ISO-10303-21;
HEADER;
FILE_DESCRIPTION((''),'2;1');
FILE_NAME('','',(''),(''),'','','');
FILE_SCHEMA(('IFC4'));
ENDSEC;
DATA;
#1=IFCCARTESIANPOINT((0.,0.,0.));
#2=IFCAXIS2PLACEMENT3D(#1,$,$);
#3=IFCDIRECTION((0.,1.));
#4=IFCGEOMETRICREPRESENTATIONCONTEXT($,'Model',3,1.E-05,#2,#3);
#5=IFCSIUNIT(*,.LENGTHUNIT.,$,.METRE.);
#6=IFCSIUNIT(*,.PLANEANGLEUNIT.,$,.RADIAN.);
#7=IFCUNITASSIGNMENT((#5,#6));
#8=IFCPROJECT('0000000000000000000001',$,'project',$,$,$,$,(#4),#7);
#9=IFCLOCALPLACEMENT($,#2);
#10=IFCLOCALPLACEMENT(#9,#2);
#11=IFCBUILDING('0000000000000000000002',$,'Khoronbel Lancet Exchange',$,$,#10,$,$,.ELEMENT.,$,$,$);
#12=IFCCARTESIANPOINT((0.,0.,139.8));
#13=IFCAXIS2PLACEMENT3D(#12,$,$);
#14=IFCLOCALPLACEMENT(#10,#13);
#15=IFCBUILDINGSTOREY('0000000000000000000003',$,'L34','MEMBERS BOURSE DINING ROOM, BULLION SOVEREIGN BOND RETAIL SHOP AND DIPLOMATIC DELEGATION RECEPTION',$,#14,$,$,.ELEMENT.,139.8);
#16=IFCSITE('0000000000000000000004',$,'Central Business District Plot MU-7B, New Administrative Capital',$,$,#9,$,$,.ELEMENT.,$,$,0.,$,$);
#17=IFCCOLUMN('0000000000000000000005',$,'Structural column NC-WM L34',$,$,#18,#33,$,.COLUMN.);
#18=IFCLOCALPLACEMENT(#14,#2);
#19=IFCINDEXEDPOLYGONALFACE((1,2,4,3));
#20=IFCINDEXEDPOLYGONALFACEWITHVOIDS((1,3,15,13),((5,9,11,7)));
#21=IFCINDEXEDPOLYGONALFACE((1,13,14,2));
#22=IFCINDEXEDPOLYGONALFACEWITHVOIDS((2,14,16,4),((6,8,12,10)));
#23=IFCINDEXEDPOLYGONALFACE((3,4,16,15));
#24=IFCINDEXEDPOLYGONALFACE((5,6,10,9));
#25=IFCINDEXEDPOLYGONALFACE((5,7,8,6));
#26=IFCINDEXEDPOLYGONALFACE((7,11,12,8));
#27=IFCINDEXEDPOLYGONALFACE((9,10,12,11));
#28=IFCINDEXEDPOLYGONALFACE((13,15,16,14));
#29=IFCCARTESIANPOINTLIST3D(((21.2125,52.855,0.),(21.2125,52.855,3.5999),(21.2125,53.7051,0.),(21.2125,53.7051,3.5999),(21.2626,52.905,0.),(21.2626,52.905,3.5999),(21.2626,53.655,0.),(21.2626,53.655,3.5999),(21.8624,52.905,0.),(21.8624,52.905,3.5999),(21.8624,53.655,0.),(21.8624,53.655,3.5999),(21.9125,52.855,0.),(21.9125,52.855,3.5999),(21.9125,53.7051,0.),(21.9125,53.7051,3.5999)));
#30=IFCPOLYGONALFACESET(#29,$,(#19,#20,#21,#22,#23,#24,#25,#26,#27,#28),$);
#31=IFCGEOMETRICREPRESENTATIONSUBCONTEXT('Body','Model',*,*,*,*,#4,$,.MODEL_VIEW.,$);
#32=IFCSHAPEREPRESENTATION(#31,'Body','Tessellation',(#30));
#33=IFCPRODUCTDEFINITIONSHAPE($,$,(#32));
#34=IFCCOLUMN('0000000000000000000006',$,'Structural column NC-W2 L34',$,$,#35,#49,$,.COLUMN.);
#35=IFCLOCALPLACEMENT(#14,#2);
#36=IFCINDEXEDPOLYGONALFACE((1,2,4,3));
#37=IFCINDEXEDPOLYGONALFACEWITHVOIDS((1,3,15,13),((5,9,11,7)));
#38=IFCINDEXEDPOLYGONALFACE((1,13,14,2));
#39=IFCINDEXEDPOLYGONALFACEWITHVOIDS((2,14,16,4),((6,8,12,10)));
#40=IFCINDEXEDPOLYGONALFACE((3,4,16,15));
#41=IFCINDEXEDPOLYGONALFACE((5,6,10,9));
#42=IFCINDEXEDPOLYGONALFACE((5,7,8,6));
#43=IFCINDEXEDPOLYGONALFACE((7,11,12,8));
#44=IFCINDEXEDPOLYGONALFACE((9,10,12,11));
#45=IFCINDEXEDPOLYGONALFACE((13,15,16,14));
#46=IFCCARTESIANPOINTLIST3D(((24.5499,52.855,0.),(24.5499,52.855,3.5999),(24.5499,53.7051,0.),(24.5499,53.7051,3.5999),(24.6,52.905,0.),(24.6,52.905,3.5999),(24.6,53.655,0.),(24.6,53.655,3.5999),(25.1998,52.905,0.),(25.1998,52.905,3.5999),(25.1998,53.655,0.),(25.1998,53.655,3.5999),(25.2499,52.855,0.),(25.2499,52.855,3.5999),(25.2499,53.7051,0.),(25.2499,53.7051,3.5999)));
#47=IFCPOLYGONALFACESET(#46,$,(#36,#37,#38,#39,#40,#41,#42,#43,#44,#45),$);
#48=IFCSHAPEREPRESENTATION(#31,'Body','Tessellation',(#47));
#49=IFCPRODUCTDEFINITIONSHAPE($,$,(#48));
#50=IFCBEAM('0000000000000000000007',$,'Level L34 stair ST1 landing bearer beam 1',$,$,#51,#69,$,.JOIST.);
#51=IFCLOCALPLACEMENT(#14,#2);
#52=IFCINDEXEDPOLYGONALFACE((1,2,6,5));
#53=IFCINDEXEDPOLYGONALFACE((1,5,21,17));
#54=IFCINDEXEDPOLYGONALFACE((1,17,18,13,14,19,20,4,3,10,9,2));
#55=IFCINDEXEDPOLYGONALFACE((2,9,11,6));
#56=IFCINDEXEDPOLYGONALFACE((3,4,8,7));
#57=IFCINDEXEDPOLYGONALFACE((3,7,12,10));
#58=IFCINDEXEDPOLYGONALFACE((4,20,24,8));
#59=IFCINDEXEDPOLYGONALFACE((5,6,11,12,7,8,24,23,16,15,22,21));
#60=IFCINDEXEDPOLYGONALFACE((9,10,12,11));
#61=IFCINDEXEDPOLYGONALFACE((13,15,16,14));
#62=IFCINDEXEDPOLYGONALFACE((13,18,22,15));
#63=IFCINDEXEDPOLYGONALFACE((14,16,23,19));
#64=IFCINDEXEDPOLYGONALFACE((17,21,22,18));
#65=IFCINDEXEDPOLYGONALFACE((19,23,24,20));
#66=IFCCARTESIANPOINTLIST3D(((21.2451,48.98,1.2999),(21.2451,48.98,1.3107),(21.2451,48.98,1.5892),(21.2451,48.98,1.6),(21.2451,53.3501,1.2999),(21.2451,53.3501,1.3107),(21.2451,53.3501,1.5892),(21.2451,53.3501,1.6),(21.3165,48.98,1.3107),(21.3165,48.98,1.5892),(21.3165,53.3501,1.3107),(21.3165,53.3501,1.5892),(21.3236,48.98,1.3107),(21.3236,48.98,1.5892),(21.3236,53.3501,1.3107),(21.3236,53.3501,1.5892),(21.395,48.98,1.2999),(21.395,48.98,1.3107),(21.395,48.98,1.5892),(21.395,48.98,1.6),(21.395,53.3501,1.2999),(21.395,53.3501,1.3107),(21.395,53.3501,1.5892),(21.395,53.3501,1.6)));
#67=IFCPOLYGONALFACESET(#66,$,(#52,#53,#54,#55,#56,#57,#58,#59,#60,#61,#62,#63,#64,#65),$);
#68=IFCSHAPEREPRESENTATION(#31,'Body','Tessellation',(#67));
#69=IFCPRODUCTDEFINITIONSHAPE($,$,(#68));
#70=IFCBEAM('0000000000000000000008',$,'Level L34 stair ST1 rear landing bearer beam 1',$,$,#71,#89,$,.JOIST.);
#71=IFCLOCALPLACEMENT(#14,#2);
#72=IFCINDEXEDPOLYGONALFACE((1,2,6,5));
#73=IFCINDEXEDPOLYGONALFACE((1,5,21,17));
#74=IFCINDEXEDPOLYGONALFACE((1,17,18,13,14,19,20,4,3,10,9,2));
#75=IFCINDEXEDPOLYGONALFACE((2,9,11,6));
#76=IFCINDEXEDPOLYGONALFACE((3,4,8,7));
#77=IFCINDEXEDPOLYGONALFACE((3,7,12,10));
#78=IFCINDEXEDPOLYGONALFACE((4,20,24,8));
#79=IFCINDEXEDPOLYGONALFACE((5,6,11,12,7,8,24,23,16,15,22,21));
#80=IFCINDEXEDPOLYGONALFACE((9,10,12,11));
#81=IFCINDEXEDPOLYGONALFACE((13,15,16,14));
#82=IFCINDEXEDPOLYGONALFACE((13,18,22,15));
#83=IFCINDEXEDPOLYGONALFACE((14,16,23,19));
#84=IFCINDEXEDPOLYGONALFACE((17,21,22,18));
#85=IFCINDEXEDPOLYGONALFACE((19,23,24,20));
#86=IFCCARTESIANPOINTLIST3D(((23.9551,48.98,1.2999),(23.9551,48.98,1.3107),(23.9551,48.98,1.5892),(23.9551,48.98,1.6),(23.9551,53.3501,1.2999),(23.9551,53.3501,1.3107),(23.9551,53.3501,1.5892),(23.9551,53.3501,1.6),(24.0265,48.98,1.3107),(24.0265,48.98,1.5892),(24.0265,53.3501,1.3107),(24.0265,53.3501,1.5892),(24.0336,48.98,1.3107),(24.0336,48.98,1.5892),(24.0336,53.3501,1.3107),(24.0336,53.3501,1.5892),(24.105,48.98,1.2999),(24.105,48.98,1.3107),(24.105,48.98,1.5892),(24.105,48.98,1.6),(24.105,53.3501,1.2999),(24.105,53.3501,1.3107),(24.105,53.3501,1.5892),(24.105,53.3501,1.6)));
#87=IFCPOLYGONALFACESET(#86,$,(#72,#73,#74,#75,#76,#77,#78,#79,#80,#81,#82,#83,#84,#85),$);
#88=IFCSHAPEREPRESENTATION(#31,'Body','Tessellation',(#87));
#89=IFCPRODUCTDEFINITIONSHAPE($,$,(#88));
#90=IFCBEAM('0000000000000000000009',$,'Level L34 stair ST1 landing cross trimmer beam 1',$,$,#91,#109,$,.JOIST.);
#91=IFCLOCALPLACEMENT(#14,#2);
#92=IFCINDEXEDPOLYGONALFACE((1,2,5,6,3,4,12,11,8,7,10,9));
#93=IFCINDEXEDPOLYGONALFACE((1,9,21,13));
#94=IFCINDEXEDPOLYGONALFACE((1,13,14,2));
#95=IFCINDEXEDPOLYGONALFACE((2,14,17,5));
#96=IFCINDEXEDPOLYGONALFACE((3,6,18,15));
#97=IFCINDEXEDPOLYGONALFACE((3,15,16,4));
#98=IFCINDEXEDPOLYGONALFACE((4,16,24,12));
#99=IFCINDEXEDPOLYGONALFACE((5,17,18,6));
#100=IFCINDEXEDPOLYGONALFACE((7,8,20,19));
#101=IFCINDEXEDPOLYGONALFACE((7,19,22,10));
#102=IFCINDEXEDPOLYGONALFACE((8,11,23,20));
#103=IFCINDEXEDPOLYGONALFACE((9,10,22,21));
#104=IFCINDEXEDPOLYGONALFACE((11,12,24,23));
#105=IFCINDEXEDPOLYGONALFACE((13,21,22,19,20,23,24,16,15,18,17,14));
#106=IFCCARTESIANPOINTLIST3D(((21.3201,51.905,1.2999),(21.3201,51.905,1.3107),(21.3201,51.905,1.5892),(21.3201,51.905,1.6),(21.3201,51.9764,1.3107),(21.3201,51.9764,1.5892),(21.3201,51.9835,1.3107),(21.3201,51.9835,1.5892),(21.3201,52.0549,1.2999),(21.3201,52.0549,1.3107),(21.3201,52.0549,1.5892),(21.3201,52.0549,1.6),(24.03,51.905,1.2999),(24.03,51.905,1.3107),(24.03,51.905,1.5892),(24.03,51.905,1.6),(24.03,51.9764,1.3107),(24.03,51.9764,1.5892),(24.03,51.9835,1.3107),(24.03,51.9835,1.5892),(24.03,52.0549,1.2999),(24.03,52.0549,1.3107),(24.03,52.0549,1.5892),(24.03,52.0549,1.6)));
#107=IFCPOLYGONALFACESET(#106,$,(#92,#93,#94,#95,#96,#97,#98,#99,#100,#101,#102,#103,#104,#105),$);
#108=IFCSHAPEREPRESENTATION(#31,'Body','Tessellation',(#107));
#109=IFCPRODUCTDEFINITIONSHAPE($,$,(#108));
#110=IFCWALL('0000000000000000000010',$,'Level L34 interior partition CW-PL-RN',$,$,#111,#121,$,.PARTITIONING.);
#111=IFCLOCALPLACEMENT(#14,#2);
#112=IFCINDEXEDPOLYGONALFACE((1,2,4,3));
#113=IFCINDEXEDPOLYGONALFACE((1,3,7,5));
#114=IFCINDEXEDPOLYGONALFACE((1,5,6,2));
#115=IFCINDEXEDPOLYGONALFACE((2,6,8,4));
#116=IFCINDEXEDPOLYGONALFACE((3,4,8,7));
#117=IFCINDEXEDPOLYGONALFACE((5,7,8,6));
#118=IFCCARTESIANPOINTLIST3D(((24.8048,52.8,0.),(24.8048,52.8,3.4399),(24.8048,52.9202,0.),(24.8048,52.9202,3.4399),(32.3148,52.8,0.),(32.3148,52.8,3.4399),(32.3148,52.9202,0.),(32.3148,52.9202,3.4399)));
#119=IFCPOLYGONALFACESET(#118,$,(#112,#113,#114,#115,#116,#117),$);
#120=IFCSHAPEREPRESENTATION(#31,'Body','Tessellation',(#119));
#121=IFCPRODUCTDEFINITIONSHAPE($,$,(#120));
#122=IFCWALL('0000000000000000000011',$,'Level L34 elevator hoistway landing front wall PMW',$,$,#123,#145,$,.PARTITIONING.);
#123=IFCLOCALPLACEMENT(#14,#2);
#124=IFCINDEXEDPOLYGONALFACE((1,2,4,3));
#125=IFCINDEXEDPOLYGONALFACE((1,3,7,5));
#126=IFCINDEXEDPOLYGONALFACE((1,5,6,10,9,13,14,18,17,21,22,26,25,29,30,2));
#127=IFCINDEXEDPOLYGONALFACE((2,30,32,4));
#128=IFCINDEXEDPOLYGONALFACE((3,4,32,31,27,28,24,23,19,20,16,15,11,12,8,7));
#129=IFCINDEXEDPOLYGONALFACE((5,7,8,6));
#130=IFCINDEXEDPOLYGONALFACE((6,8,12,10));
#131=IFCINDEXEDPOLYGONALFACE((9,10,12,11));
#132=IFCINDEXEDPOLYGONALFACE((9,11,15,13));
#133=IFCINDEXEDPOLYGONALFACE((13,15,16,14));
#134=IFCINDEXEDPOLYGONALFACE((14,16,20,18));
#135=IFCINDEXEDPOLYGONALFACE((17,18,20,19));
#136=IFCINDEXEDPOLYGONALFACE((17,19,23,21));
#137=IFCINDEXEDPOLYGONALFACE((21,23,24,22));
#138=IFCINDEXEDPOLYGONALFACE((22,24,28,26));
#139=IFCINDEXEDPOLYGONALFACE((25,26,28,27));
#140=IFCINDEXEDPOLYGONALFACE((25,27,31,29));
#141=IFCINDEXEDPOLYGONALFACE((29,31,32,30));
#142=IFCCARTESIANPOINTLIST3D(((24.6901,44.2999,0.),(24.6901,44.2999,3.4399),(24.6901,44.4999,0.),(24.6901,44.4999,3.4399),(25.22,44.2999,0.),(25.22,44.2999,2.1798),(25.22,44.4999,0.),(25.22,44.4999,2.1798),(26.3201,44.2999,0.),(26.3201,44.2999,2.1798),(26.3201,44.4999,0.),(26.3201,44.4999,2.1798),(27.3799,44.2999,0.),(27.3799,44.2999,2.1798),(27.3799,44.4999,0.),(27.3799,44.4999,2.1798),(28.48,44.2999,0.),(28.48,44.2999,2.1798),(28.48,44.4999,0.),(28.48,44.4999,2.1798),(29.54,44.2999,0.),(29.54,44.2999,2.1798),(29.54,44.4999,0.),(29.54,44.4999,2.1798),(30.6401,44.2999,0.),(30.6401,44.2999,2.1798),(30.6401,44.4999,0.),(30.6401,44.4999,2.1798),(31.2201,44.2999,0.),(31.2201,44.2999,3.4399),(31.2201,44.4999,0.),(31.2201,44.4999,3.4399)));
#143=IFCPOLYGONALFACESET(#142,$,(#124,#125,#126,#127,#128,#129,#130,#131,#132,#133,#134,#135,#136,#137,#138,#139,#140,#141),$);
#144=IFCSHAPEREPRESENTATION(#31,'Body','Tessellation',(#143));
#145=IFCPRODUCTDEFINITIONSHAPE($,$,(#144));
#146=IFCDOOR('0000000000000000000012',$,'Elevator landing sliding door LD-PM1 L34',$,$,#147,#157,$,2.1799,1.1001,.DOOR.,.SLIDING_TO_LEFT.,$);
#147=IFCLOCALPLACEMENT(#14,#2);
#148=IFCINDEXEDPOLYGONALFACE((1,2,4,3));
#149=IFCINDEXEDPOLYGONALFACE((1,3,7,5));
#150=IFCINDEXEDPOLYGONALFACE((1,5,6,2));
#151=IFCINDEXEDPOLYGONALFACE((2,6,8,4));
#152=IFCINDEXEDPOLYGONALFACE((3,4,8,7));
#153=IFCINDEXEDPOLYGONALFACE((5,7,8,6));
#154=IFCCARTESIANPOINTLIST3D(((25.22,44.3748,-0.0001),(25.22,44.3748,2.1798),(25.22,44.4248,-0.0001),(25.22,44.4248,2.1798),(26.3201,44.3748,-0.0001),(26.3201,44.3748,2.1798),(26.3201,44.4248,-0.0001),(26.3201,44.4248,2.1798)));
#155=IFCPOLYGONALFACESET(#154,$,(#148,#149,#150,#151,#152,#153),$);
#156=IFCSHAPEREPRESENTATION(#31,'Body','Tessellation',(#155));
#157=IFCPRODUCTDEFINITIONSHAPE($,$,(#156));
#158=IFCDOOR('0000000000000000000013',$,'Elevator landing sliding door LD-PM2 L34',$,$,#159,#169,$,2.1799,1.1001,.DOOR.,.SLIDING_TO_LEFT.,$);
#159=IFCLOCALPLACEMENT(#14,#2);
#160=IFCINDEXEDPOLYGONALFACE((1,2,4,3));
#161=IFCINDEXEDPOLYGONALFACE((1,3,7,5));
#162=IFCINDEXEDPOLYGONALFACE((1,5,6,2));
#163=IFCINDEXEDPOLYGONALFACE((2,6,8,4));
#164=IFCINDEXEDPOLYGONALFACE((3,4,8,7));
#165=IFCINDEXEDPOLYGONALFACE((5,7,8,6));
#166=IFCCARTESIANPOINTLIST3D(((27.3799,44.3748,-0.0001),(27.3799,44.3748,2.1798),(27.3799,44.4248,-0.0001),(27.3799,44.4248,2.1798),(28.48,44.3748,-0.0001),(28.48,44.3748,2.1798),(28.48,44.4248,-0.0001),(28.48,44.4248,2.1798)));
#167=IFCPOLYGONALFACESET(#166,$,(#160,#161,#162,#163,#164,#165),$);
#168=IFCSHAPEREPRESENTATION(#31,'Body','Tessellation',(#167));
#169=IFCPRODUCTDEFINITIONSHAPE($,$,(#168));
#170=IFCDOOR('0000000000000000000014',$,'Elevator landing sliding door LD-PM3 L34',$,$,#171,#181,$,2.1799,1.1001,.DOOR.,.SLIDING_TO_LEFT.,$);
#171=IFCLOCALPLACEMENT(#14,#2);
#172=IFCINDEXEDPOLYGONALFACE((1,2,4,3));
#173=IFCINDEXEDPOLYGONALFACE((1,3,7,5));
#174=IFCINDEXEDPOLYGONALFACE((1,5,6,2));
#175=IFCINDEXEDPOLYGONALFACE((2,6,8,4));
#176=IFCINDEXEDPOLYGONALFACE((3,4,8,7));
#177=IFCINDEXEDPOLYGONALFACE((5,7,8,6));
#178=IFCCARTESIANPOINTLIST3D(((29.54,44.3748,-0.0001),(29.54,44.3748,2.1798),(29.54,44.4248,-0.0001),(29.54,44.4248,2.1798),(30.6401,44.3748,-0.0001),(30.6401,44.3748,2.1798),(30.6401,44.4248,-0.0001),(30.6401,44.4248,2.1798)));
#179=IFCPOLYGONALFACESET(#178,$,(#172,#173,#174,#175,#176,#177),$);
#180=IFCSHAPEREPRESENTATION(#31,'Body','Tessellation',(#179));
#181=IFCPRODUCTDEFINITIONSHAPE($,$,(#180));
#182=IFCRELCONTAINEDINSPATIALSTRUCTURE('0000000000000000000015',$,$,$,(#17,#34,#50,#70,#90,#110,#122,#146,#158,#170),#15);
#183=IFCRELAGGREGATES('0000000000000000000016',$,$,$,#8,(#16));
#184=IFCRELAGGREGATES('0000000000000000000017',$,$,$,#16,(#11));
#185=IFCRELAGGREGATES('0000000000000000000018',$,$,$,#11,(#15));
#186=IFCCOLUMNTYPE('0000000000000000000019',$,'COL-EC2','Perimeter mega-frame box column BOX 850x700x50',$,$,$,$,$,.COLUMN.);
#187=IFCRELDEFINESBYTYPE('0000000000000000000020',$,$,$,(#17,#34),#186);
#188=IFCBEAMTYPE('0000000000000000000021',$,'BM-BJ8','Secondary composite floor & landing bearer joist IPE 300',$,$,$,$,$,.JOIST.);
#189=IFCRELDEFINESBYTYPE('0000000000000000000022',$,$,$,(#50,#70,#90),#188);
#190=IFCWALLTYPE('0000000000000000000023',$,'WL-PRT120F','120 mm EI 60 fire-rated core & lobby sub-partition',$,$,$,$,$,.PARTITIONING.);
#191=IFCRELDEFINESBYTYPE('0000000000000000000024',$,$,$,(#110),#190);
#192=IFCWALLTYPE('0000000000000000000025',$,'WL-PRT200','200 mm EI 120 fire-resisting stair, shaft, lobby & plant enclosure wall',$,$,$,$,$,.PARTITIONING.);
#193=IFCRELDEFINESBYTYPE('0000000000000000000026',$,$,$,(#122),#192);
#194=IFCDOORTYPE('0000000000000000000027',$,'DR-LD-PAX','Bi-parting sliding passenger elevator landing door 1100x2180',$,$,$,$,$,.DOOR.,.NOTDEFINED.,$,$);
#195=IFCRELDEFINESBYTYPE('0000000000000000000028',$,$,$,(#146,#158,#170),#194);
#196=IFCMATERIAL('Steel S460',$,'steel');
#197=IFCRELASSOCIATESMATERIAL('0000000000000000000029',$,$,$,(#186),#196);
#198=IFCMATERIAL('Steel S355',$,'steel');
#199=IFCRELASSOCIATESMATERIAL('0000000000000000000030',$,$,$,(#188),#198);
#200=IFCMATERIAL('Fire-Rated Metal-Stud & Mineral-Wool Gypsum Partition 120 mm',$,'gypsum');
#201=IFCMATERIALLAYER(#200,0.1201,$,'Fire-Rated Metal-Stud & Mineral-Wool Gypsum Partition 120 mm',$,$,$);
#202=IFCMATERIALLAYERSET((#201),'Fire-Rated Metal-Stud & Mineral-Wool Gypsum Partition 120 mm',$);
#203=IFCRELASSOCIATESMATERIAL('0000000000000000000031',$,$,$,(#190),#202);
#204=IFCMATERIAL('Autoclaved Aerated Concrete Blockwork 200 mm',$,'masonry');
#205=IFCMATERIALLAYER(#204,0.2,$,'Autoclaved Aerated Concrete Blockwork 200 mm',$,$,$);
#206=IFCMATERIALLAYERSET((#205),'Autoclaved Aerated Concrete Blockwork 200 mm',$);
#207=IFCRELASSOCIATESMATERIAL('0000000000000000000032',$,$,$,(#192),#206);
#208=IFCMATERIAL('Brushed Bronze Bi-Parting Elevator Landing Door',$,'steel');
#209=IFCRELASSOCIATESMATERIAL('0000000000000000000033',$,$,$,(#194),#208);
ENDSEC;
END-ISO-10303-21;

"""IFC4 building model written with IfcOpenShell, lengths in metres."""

from ifc_helpers import new_model, si_unit, direction, frame, frame_2d, origin, origin_2d, place, context, subcontext, project, spatial, rectangle, hollow_rectangle, i_section, extrude, material, layer, layer_set, material_profile, profile_set, type_object, element, fill, save


model = new_model("IFC4")

# Units and contexts
model_context = context("Model", 3, precision=1e-05, world=origin(), true_north=direction((0.0, 1.0)))
body_context = subcontext(model_context, "Body", "Model", "MODEL_VIEW")
ifc_project = project(units=[si_unit("LENGTHUNIT", "METRE"), si_unit("PLANEANGLEUNIT", "RADIAN")], contexts=[model_context])

# Site, building, storey
site_placement = place(None, origin())
site = spatial("IfcSite", under=ifc_project, at=site_placement, Name="Central Business District Plot MU-7B, New Administrative Capital", CompositionType="ELEMENT", RefElevation=0.0)
building_placement = place(site_placement, origin())
building = spatial("IfcBuilding", under=site, at=building_placement, Name="Khoronbel Lancet Exchange", CompositionType="ELEMENT")
storey_placement = place(building_placement, frame((0.0, 0.0, 139.8)))
storey = spatial("IfcBuildingStorey", under=building, at=storey_placement, Name="L34", Description="MEMBERS BOURSE DINING ROOM, BULLION SOVEREIGN BOND RETAIL SHOP AND DIPLOMATIC DELEGATION RECEPTION", CompositionType="ELEMENT", Elevation=139.8)

# Columns
ifc_material_1 = material(Name="Steel S460", Category="steel")
ifc_material_profile_1 = material_profile(ifc_material_1, hollow_rectangle(XDim=0.7, YDim=0.8501, WallThickness=0.05, at=origin_2d()), Name="BOX 850x700x50")
ifc_profile_set_1 = profile_set([ifc_material_profile_1], Name="Steel S460")
column_type = type_object("IfcColumnType", Name="COL-EC2", Description="Perimeter mega-frame box column BOX 850x700x50", PredefinedType="COLUMN", material=ifc_profile_set_1)
for number, where, z_axis, x_axis, name in (
    (1, (21.5625, 53.28, 0.0), (0.0, 0.0, 1.0), (1.0, 0.0, 0.0), "Structural column NC-WM L34"),
    (2, (24.8999, 53.28, 0.0), (0.0, 0.0, 1.0), (1.0, 0.0, 0.0), "Structural column NC-W2 L34"),
):
    element("IfcColumn", number, at=place(storey_placement, frame(where, z_axis=z_axis, x_axis=x_axis)), inside=storey, type_object=column_type, Name=name, PredefinedType="COLUMN", context=body_context, shape_type="SweptSolid", body=[
        extrude(hollow_rectangle(XDim=0.7, YDim=0.8501, WallThickness=0.05, at=origin_2d()), origin(), (0.0, 0.0, 1.0), 3.5999),
    ])

# Beams
ifc_material_2 = material(Name="Steel S355", Category="steel")
ifc_material_profile_2 = material_profile(ifc_material_2, i_section(OverallWidth=0.1499, OverallDepth=0.3, WebThickness=0.0071, FlangeThickness=0.0107, at=origin_2d()), Name="IPE 300")
ifc_profile_set_2 = profile_set([ifc_material_profile_2], Name="Steel S355")
beam_type = type_object("IfcBeamType", Name="BM-BJ8", Description="Secondary composite floor & landing bearer joist IPE 300", PredefinedType="JOIST", material=ifc_profile_set_2)
for number, where, z_axis, x_axis, name in (
    (3, (21.3201, 48.98, 1.45), (0.0, 1.0, 0.0), (-1.0, 0.0, 0.0), "Level L34 stair ST1 landing bearer beam 1"),
    (4, (24.03, 48.98, 1.45), (0.0, 1.0, 0.0), (-1.0, 0.0, 0.0), "Level L34 stair ST1 rear landing bearer beam 1"),
):
    element("IfcBeam", number, at=place(storey_placement, frame(where, z_axis=z_axis, x_axis=x_axis)), inside=storey, type_object=beam_type, Name=name, PredefinedType="JOIST", context=body_context, shape_type="SweptSolid", body=[
        extrude(i_section(OverallWidth=0.1499, OverallDepth=0.3, WebThickness=0.0071, FlangeThickness=0.0107, at=origin_2d()), origin(), (0.0, 0.0, 1.0), 4.3701),
    ])
beam_placement = place(storey_placement, frame((21.3201, 51.98, 1.45), z_axis=(1.0, 0.0, 0.0), x_axis=(0.0, 1.0, 0.0)))
element("IfcBeam", 5, at=beam_placement, inside=storey, type_object=beam_type, Name="Level L34 stair ST1 landing cross trimmer beam 1", PredefinedType="JOIST", context=body_context, shape_type="SweptSolid", body=[
    extrude(i_section(OverallWidth=0.1499, OverallDepth=0.3, WebThickness=0.0071, FlangeThickness=0.0107, at=origin_2d()), origin(), (0.0, 0.0, 1.0), 2.71),
])

# Wall
ifc_material_3 = material(Name="Fire-Rated Metal-Stud & Mineral-Wool Gypsum Partition 120 mm", Category="gypsum")
ifc_layer_1 = layer(ifc_material_3, 0.1201, Name="Fire-Rated Metal-Stud & Mineral-Wool Gypsum Partition 120 mm")
ifc_layer_set_1 = layer_set([ifc_layer_1], Name="Fire-Rated Metal-Stud & Mineral-Wool Gypsum Partition 120 mm")
wall_type_1 = type_object("IfcWallType", Name="WL-PRT120F", Description="120 mm EI 60 fire-rated core & lobby sub-partition", PredefinedType="PARTITIONING", material=ifc_layer_set_1)
wall_1_placement = place(storey_placement, frame((24.8049, 52.8601, 0.0), z_axis=(0.0, 0.0, 1.0), x_axis=(1.0, 0.0, 0.0)))
element("IfcWall", 6, at=wall_1_placement, inside=storey, type_object=wall_type_1, Name="Level L34 interior partition CW-PL-RN", PredefinedType="PARTITIONING", context=body_context, shape_type="SweptSolid", body=[
    extrude(rectangle(XDim=7.51, YDim=0.1201, at=frame_2d((3.7549, 0.0))), origin(), (0.0, 0.0, 1.0), 3.4399),
])

# Wall, openings, doors
ifc_material_4 = material(Name="Autoclaved Aerated Concrete Blockwork 200 mm", Category="masonry")
ifc_layer_2 = layer(ifc_material_4, 0.2, Name="Autoclaved Aerated Concrete Blockwork 200 mm")
ifc_layer_set_2 = layer_set([ifc_layer_2], Name="Autoclaved Aerated Concrete Blockwork 200 mm")
wall_type_2 = type_object("IfcWallType", Name="WL-PRT200", Description="200 mm EI 120 fire-resisting stair, shaft, lobby & plant enclosure wall", PredefinedType="PARTITIONING", material=ifc_layer_set_2)
wall_2_placement = place(storey_placement, frame((24.6899, 44.3999, 0.0), z_axis=(0.0, 0.0, 1.0), x_axis=(1.0, 0.0, 0.0)))
wall_2 = element("IfcWall", 7, at=wall_2_placement, inside=storey, type_object=wall_type_2, Name="Level L34 elevator hoistway landing front wall PMW", PredefinedType="PARTITIONING", context=body_context, shape_type="SweptSolid", body=[
    extrude(rectangle(XDim=6.53, YDim=0.2, at=frame_2d((3.2651, 0.0))), origin(), (0.0, 0.0, 1.0), 3.4399),
])
opening_1_placement = place(wall_2_placement, frame((0.53, 0.0, 0.0)))
opening_1 = element("IfcOpeningElement", 8, at=opening_1_placement, cuts=wall_2, PredefinedType="OPENING", context=body_context, shape_type="SweptSolid", body=[
    extrude(rectangle(XDim=1.1001, YDim=2.1799, at=frame_2d((0.55, 1.0898))), frame((0.0, 0.1099, 0.0), z_axis=(0.0, -1.0, 0.0), x_axis=(1.0, 0.0, 0.0)), (0.0, 0.0, 1.0), 0.22),
])
opening_2_placement = place(wall_2_placement, frame((2.6899, 0.0, 0.0)))
opening_2 = element("IfcOpeningElement", 9, at=opening_2_placement, cuts=wall_2, PredefinedType="OPENING", context=body_context, shape_type="SweptSolid", body=[
    extrude(rectangle(XDim=1.1001, YDim=2.1799, at=frame_2d((0.55, 1.0898))), frame((0.0, 0.1099, 0.0), z_axis=(0.0, -1.0, 0.0), x_axis=(1.0, 0.0, 0.0)), (0.0, 0.0, 1.0), 0.22),
])
opening_3_placement = place(wall_2_placement, frame((4.8501, 0.0, 0.0)))
opening_3 = element("IfcOpeningElement", 10, at=opening_3_placement, cuts=wall_2, PredefinedType="OPENING", context=body_context, shape_type="SweptSolid", body=[
    extrude(rectangle(XDim=1.1001, YDim=2.1799, at=frame_2d((0.55, 1.0898))), frame((0.0, 0.1099, 0.0), z_axis=(0.0, -1.0, 0.0), x_axis=(1.0, 0.0, 0.0)), (0.0, 0.0, 1.0), 0.22),
])
ifc_material_5 = material(Name="Brushed Bronze Bi-Parting Elevator Landing Door", Category="steel")
door_type_1 = type_object("IfcDoorType", Name="DR-LD-PAX", Description="Bi-parting sliding passenger elevator landing door 1100x2180", OperationType="NOTDEFINED", PredefinedType="DOOR", material=ifc_material_5)
door_1_placement = place(opening_1_placement, origin())
door_1 = element("IfcDoor", 11, at=door_1_placement, inside=storey, type_object=door_type_1, Name="Elevator landing sliding door LD-PM1 L34", OperationType="SLIDING_TO_LEFT", OverallHeight=2.1799, OverallWidth=1.1001, PredefinedType="DOOR", context=body_context, shape_type="SweptSolid", body=[
    extrude(rectangle(XDim=1.1001, YDim=2.1799, at=frame_2d((0.55, 1.0898))), frame((0.0, 0.0249, 0.0), z_axis=(0.0, -1.0, 0.0), x_axis=(1.0, 0.0, 0.0)), (0.0, 0.0, 1.0), 0.05),
])
fill(opening_1, door_1)
door_2_placement = place(opening_2_placement, origin())
door_2 = element("IfcDoor", 12, at=door_2_placement, inside=storey, type_object=door_type_1, Name="Elevator landing sliding door LD-PM2 L34", OperationType="SLIDING_TO_LEFT", OverallHeight=2.1799, OverallWidth=1.1001, PredefinedType="DOOR", context=body_context, shape_type="SweptSolid", body=[
    extrude(rectangle(XDim=1.1001, YDim=2.1799, at=frame_2d((0.55, 1.0898))), frame((0.0, 0.0249, 0.0), z_axis=(0.0, -1.0, 0.0), x_axis=(1.0, 0.0, 0.0)), (0.0, 0.0, 1.0), 0.05),
])
fill(opening_2, door_2)
door_3_placement = place(opening_3_placement, origin())
door_3 = element("IfcDoor", 13, at=door_3_placement, inside=storey, type_object=door_type_1, Name="Elevator landing sliding door LD-PM3 L34", OperationType="SLIDING_TO_LEFT", OverallHeight=2.1799, OverallWidth=1.1001, PredefinedType="DOOR", context=body_context, shape_type="SweptSolid", body=[
    extrude(rectangle(XDim=1.1001, YDim=2.1799, at=frame_2d((0.55, 1.0898))), frame((0.0, 0.0249, 0.0), z_axis=(0.0, -1.0, 0.0), x_axis=(1.0, 0.0, 0.0)), (0.0, 0.0, 1.0), 0.05),
])
fill(opening_3, door_3)

save(model, "model.ifc")
